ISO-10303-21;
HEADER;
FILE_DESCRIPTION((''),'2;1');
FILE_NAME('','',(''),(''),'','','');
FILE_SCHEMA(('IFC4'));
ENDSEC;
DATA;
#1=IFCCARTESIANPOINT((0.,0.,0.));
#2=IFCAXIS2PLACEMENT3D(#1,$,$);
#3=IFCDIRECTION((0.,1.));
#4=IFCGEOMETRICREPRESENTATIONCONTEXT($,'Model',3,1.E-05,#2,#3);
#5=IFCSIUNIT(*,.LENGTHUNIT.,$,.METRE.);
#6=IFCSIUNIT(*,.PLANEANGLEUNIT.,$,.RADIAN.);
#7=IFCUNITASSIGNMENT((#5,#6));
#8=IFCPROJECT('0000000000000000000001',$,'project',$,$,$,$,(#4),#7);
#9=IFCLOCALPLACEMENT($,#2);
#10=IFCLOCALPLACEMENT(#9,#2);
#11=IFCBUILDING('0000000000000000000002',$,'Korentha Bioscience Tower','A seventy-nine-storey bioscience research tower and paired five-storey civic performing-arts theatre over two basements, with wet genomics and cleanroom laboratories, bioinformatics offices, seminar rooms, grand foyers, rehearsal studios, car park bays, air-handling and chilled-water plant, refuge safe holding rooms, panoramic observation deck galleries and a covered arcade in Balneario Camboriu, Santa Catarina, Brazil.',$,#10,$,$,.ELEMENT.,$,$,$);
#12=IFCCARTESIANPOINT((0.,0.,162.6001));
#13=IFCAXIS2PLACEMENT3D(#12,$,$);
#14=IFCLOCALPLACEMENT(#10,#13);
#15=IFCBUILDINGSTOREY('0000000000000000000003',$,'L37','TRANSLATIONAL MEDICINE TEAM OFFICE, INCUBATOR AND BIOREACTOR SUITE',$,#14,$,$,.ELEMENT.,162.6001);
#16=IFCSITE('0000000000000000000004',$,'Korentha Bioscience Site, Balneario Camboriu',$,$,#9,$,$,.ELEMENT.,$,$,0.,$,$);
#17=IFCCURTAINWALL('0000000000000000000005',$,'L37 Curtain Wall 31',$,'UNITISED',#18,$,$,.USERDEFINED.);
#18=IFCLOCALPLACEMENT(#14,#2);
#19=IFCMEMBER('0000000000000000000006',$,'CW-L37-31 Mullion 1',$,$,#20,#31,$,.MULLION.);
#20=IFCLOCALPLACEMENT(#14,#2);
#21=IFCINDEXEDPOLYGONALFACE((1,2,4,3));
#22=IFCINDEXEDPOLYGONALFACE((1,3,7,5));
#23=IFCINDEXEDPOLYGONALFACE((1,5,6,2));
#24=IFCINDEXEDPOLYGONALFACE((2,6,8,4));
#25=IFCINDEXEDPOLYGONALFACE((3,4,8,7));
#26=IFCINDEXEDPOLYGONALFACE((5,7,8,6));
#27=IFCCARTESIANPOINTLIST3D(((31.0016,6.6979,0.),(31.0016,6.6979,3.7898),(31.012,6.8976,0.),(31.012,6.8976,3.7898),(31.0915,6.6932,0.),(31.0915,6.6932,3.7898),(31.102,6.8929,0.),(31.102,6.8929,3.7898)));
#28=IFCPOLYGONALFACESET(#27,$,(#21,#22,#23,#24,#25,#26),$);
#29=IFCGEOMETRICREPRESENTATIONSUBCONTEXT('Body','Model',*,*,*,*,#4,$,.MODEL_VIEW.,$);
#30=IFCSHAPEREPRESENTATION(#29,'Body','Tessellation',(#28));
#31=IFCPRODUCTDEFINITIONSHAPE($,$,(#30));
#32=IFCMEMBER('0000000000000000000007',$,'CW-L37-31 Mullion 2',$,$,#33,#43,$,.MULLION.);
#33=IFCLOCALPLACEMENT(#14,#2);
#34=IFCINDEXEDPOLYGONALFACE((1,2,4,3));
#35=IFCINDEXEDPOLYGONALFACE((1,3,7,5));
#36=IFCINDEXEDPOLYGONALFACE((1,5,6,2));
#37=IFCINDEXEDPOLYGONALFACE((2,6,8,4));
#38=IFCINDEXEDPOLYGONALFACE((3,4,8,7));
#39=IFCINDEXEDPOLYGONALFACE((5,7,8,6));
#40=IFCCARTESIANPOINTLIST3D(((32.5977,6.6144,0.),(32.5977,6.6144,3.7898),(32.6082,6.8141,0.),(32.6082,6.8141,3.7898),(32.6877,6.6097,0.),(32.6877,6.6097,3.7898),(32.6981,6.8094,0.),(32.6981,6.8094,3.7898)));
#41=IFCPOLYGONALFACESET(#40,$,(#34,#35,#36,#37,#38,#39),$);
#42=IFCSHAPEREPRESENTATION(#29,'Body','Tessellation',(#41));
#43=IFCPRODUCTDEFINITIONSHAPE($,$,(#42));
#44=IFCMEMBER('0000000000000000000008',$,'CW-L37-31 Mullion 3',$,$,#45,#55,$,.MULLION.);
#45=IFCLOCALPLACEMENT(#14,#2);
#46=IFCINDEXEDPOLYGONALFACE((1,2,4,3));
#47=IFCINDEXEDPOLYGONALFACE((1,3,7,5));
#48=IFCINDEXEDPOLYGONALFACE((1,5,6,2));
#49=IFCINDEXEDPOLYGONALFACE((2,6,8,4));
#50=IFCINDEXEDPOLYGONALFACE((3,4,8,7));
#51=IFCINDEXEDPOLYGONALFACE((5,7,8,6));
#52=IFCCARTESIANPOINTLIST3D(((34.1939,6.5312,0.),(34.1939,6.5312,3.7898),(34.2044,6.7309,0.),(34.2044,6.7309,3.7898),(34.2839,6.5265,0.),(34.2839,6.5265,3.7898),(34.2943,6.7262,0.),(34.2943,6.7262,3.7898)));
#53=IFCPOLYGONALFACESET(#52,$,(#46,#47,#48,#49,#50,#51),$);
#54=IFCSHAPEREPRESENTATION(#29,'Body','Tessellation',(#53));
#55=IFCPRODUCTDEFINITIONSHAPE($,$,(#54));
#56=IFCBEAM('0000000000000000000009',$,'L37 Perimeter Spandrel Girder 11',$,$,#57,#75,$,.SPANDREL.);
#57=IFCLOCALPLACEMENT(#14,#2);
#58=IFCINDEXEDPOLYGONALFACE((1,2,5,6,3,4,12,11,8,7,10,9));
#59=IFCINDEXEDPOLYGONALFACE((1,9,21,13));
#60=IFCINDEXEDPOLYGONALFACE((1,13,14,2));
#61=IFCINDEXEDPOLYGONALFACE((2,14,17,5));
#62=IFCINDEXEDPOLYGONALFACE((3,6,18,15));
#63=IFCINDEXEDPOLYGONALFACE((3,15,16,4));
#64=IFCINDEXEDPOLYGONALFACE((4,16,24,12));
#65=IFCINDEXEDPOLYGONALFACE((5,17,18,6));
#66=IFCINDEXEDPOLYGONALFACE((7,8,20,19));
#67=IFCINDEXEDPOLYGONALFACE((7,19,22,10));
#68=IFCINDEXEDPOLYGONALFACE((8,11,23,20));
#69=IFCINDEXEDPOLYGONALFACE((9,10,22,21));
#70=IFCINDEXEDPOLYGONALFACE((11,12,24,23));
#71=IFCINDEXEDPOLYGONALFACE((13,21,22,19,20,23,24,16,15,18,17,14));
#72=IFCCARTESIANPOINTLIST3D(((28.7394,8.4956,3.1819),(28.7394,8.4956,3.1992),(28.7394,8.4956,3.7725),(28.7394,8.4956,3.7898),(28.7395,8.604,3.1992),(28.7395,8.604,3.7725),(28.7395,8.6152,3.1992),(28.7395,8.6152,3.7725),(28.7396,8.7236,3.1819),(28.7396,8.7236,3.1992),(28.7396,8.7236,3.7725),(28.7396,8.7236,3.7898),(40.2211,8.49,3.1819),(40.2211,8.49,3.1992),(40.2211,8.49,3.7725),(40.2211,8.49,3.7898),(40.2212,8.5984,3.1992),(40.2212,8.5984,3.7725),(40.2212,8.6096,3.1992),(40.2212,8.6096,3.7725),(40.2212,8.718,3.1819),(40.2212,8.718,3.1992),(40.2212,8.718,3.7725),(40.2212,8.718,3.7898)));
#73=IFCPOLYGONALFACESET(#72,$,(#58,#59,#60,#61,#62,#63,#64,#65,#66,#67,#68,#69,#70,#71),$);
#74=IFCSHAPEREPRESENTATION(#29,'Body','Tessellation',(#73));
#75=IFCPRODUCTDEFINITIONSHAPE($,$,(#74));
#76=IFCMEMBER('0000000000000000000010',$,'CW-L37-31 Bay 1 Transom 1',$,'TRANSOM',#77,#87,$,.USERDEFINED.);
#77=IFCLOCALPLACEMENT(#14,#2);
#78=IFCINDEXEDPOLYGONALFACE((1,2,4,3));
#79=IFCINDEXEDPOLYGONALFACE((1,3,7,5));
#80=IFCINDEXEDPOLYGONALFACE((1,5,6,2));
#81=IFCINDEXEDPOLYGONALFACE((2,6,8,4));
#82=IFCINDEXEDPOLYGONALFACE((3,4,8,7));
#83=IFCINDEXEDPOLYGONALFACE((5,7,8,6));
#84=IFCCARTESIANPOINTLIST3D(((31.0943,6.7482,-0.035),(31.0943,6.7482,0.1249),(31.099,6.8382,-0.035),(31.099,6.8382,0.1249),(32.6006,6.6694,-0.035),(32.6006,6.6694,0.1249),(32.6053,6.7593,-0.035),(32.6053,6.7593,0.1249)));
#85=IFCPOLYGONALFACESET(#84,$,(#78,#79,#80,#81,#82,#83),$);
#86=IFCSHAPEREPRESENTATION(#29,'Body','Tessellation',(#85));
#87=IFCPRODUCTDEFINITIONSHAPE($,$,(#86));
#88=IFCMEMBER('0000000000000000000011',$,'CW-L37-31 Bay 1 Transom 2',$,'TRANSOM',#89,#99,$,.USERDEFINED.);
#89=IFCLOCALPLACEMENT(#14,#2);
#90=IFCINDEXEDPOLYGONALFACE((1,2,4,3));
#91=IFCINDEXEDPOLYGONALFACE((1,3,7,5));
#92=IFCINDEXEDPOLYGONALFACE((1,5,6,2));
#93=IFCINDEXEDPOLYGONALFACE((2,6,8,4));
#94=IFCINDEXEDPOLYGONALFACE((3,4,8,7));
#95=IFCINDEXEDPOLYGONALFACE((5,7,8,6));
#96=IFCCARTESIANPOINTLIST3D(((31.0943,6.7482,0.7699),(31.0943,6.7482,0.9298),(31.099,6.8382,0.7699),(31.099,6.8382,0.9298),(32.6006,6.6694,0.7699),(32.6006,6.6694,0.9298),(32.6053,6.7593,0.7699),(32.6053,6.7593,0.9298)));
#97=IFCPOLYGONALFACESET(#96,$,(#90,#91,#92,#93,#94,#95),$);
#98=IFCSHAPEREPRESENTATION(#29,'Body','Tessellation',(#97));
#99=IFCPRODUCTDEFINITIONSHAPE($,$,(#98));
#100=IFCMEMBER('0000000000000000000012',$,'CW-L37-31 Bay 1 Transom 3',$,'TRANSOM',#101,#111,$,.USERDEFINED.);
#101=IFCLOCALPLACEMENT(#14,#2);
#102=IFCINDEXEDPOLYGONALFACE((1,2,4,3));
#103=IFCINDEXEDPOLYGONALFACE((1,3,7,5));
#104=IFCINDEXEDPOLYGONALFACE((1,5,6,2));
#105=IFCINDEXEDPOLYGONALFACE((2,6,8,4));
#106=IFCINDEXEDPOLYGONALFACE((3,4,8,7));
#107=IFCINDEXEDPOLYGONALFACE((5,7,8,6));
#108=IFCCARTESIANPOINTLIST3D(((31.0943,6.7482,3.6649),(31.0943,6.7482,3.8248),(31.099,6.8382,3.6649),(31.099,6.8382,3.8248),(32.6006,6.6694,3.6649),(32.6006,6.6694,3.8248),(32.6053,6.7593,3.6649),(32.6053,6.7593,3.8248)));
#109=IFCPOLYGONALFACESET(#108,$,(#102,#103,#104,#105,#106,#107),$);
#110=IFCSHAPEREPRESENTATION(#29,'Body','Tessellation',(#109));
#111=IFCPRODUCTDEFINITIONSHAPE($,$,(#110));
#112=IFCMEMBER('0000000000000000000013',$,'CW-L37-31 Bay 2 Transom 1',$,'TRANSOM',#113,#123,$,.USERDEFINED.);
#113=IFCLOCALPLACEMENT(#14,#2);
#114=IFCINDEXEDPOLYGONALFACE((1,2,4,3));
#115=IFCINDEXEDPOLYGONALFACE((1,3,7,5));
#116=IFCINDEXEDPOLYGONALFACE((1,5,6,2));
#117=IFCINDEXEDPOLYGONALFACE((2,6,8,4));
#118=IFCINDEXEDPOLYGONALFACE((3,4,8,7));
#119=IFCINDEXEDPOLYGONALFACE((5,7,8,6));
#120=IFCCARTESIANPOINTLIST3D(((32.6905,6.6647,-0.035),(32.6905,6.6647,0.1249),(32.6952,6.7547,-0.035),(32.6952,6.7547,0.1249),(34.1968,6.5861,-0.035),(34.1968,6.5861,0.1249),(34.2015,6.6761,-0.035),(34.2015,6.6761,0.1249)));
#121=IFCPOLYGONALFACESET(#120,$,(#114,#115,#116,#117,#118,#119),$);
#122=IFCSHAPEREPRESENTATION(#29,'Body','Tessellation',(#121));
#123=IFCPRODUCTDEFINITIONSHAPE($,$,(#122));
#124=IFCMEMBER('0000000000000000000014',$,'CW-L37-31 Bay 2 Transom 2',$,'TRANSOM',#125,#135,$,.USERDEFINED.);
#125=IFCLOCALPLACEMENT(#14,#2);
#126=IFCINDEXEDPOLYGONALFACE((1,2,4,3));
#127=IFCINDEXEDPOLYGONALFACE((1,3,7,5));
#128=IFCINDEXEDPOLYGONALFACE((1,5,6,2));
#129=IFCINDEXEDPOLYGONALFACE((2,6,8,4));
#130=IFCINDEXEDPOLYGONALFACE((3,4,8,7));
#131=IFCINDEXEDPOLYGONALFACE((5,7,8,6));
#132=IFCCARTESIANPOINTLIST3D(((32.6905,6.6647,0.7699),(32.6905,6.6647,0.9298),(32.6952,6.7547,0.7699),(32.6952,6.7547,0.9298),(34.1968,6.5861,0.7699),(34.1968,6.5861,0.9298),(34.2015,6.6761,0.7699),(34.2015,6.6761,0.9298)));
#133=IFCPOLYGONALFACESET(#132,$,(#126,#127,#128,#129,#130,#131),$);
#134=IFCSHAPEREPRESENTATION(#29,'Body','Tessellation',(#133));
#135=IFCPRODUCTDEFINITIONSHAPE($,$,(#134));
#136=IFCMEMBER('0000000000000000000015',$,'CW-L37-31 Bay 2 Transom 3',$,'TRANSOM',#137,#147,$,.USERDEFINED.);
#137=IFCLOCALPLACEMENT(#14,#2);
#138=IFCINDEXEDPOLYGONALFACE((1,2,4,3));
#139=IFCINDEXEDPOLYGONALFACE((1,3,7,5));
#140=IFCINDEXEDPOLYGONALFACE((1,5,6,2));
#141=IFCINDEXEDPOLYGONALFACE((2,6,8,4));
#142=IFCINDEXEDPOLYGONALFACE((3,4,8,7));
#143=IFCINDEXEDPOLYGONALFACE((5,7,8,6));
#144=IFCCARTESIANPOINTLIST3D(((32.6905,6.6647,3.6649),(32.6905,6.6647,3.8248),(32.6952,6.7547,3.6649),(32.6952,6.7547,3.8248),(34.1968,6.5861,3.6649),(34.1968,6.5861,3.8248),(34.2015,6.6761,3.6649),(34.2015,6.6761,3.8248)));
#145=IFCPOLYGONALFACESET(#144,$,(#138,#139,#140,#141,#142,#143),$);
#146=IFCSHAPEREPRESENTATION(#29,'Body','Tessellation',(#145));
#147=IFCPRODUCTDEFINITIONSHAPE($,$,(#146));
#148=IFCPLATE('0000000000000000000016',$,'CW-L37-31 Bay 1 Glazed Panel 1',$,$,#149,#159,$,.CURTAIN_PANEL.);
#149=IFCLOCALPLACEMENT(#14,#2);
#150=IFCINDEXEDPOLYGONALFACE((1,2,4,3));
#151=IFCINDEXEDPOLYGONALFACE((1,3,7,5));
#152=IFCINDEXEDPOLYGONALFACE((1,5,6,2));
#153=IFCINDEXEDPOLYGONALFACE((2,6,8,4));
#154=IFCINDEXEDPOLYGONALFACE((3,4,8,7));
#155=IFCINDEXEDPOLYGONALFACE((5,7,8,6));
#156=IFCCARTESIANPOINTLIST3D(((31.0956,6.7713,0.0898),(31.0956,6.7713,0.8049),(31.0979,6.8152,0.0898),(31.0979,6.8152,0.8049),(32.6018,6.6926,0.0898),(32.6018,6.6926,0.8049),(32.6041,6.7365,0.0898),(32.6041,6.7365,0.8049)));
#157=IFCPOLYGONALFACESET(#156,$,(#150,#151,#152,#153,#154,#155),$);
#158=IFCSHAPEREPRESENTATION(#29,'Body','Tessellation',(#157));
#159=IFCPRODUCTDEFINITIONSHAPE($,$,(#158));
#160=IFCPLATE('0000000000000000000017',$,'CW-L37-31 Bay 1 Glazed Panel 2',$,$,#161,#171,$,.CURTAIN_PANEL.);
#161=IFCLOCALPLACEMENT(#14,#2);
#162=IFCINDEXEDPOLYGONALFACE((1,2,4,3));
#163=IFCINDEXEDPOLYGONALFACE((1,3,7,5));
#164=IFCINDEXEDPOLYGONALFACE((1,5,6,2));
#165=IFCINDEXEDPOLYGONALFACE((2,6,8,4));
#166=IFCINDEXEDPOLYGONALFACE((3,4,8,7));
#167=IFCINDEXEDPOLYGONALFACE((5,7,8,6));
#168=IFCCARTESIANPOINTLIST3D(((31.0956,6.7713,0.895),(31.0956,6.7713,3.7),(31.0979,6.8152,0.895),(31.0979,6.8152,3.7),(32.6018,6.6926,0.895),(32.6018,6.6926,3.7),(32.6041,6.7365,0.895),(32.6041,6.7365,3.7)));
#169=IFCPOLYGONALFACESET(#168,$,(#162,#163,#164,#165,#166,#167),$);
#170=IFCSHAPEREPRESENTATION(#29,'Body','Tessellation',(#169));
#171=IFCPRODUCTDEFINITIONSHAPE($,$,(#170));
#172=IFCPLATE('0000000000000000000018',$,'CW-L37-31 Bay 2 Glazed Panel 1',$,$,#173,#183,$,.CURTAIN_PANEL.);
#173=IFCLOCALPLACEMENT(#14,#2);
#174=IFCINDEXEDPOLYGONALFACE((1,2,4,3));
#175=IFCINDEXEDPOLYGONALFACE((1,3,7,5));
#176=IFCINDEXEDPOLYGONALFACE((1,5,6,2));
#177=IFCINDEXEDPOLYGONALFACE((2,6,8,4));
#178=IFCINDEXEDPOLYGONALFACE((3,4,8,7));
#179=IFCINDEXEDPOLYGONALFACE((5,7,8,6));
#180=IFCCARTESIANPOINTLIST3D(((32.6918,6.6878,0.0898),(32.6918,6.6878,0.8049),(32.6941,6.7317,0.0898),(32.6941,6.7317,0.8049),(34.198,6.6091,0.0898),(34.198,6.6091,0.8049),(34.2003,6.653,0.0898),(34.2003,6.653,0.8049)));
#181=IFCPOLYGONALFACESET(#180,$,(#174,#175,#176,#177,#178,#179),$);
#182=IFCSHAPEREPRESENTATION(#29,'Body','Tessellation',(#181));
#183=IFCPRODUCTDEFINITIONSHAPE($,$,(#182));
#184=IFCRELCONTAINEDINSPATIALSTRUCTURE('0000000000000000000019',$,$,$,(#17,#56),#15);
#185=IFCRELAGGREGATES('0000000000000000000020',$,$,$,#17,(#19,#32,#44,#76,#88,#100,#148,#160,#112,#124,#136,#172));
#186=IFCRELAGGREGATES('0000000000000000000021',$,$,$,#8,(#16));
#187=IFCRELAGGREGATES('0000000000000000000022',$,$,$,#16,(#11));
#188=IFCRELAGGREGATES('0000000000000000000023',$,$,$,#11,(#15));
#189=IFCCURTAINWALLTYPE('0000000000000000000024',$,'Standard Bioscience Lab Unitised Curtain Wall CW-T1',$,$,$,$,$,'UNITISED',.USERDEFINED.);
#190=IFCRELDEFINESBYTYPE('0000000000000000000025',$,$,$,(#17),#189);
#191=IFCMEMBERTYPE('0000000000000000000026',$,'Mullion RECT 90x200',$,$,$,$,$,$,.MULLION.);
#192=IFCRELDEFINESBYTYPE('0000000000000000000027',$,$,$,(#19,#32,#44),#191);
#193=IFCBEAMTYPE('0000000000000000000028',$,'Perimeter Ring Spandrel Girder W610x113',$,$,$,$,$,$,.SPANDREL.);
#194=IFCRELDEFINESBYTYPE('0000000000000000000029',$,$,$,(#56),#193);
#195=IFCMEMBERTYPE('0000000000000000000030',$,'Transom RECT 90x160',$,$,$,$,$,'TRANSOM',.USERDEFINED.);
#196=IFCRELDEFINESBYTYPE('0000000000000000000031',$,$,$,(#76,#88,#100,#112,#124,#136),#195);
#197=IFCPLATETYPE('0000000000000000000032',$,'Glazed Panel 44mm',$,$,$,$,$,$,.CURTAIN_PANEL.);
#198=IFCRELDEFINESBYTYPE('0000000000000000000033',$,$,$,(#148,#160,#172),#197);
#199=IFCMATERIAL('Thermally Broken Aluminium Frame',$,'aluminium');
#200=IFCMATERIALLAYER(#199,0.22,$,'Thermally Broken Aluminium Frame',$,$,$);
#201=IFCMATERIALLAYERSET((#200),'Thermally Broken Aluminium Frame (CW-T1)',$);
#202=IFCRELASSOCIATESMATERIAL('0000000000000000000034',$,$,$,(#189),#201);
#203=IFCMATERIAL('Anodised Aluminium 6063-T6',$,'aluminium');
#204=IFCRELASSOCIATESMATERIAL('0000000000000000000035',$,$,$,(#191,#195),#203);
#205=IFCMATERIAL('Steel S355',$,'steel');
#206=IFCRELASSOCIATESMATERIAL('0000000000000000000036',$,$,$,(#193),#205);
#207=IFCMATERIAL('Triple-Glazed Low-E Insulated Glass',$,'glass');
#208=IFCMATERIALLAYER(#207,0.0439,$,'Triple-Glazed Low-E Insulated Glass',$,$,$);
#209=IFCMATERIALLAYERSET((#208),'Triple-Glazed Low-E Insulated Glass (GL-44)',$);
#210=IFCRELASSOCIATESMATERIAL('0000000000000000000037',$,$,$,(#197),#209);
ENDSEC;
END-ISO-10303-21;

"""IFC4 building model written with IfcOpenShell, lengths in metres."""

from ifc_helpers import new_model, si_unit, direction, frame, origin, origin_2d, place, context, subcontext, project, spatial, rectangle, i_section, extrude, material, layer, layer_set, material_profile, profile_set, type_object, element, aggregate, save


model = new_model("IFC4")

# Units and contexts
model_context = context("Model", 3, precision=1e-05, world=origin(), true_north=direction((0.0, 1.0)))
body_context = subcontext(model_context, "Body", "Model", "MODEL_VIEW")
ifc_project = project(units=[si_unit("LENGTHUNIT", "METRE"), si_unit("PLANEANGLEUNIT", "RADIAN")], contexts=[model_context])

# Site, building, storey
site_placement = place(None, origin())
site = spatial("IfcSite", under=ifc_project, at=site_placement, Name="Korentha Bioscience Site, Balneario Camboriu", CompositionType="ELEMENT", RefElevation=0.0)
building_placement = place(site_placement, origin())
building = spatial("IfcBuilding", under=site, at=building_placement, Name="Korentha Bioscience Tower", Description="A seventy-nine-storey bioscience research tower and paired five-storey civic performing-arts theatre over two basements, with wet genomics and cleanroom laboratories, bioinformatics offices, seminar rooms, grand foyers, rehearsal studios, car park bays, air-handling and chilled-water plant, refuge safe holding rooms, panoramic observation deck galleries and a covered arcade in Balneario Camboriu, Santa Catarina, Brazil.", CompositionType="ELEMENT")
storey_placement = place(building_placement, frame((0.0, 0.0, 162.6001)))
storey = spatial("IfcBuildingStorey", under=building, at=storey_placement, Name="L37", Description="TRANSLATIONAL MEDICINE TEAM OFFICE, INCUBATOR AND BIOREACTOR SUITE", CompositionType="ELEMENT", Elevation=162.6001)

# Curtain wall, members
ifc_material_1 = material(Name="Thermally Broken Aluminium Frame", Category="aluminium")
ifc_layer_1 = layer(ifc_material_1, 0.22, Name="Thermally Broken Aluminium Frame")
ifc_layer_set_1 = layer_set([ifc_layer_1], Name="Thermally Broken Aluminium Frame (CW-T1)")
curtain_wall_type = type_object("IfcCurtainWallType", Name="Standard Bioscience Lab Unitised Curtain Wall CW-T1", ElementType="UNITISED", PredefinedType="USERDEFINED", material=ifc_layer_set_1)
curtain_wall_placement = place(storey_placement, origin())
curtain_wall = element("IfcCurtainWall", 1, at=curtain_wall_placement, inside=storey, type_object=curtain_wall_type, Name="L37 Curtain Wall 31", ObjectType="UNITISED", PredefinedType="USERDEFINED")
ifc_material_2 = material(Name="Anodised Aluminium 6063-T6", Category="aluminium")
ifc_material_profile_1 = material_profile(ifc_material_2, rectangle(XDim=0.0901, YDim=0.2, at=origin_2d()), Name="Anodised Aluminium 6063-T6")
ifc_profile_set_1 = profile_set([ifc_material_profile_1], Name="Anodised Aluminium 6063-T6 (CW-MUL)")
member_type_1 = type_object("IfcMemberType", Name="Mullion RECT 90x200", PredefinedType="MULLION", material=ifc_profile_set_1)
member_1_placement = place(storey_placement, frame((31.0518, 6.7954, 0.0), z_axis=(0.0, 0.0, 1.0), x_axis=(0.998638, -0.05218, 0.0)))
member_1 = element("IfcMember", 2, at=member_1_placement, type_object=member_type_1, Name="CW-L37-31 Mullion 1", PredefinedType="MULLION", context=body_context, shape_type="SweptSolid", body=[
    extrude(rectangle(XDim=0.0901, YDim=0.2, at=origin_2d()), origin(), (0.0, 0.0, 1.0), 3.7898),
])
member_2_placement = place(storey_placement, frame((32.6479, 6.7119, 0.0), z_axis=(0.0, 0.0, 1.0), x_axis=(0.998638, -0.05218, 0.0)))
member_2 = element("IfcMember", 3, at=member_2_placement, type_object=member_type_1, Name="CW-L37-31 Mullion 2", PredefinedType="MULLION", context=body_context, shape_type="SweptSolid", body=[
    extrude(rectangle(XDim=0.0901, YDim=0.2, at=origin_2d()), origin(), (0.0, 0.0, 1.0), 3.7898),
])
member_3_placement = place(storey_placement, frame((34.2441, 6.6287, 0.0), z_axis=(0.0, 0.0, 1.0), x_axis=(0.998638, -0.05218, 0.0)))
member_3 = element("IfcMember", 4, at=member_3_placement, type_object=member_type_1, Name="CW-L37-31 Mullion 3", PredefinedType="MULLION", context=body_context, shape_type="SweptSolid", body=[
    extrude(rectangle(XDim=0.0901, YDim=0.2, at=origin_2d()), origin(), (0.0, 0.0, 1.0), 3.7898),
])

# Beam
ifc_material_3 = material(Name="Steel S355", Category="steel")
ifc_material_profile_2 = material_profile(ifc_material_3, i_section(OverallWidth=0.228, OverallDepth=0.6079, WebThickness=0.0112, FlangeThickness=0.0173, at=origin_2d()), Name="Steel S355")
ifc_profile_set_2 = profile_set([ifc_material_profile_2], Name="Steel S355 (SB-610)")
beam_type = type_object("IfcBeamType", Name="Perimeter Ring Spandrel Girder W610x113", PredefinedType="SPANDREL", material=ifc_profile_set_2)
beam_placement = place(storey_placement, frame((28.7395, 8.6096, 3.4858), z_axis=(1.0, -0.000489, 0.0), x_axis=(0.000489, 1.0, 0.0)))
element("IfcBeam", 5, at=beam_placement, inside=storey, type_object=beam_type, Name="L37 Perimeter Spandrel Girder 11", PredefinedType="SPANDREL", context=body_context, shape_type="SweptSolid", body=[
    extrude(i_section(OverallWidth=0.228, OverallDepth=0.6079, WebThickness=0.0112, FlangeThickness=0.0173, at=origin_2d()), origin(), (0.0, 0.0, 1.0), 11.4817),
])

# Members
ifc_material_profile_3 = material_profile(ifc_material_2, rectangle(XDim=0.0901, YDim=0.1599, at=origin_2d()), Name="Anodised Aluminium 6063-T6")
ifc_profile_set_3 = profile_set([ifc_material_profile_3], Name="Anodised Aluminium 6063-T6 (CW-TRN)")
member_type_2 = type_object("IfcMemberType", Name="Transom RECT 90x160", ElementType="TRANSOM", PredefinedType="USERDEFINED", material=ifc_profile_set_3)
member_4_placement = place(storey_placement, frame((31.0967, 6.7932, 0.0449), z_axis=(0.998633, -0.052278, 0.0), x_axis=(0.052278, 0.998633, 0.0)))
member_4 = element("IfcMember", 6, at=member_4_placement, type_object=member_type_2, Name="CW-L37-31 Bay 1 Transom 1", ObjectType="TRANSOM", PredefinedType="USERDEFINED", context=body_context, shape_type="SweptSolid", body=[
    extrude(rectangle(XDim=0.0901, YDim=0.1599, at=origin_2d()), origin(), (0.0, 0.0, 1.0), 1.5083),
])
member_5_placement = place(storey_placement, frame((31.0967, 6.7932, 0.8499), z_axis=(0.998633, -0.052278, 0.0), x_axis=(0.052278, 0.998633, 0.0)))
member_5 = element("IfcMember", 7, at=member_5_placement, type_object=member_type_2, Name="CW-L37-31 Bay 1 Transom 2", ObjectType="TRANSOM", PredefinedType="USERDEFINED", context=body_context, shape_type="SweptSolid", body=[
    extrude(rectangle(XDim=0.0901, YDim=0.1599, at=origin_2d()), origin(), (0.0, 0.0, 1.0), 1.5083),
])
member_6_placement = place(storey_placement, frame((31.0967, 6.7932, 3.7449), z_axis=(0.998633, -0.052278, 0.0), x_axis=(0.052278, 0.998633, 0.0)))
member_6 = element("IfcMember", 8, at=member_6_placement, type_object=member_type_2, Name="CW-L37-31 Bay 1 Transom 3", ObjectType="TRANSOM", PredefinedType="USERDEFINED", context=body_context, shape_type="SweptSolid", body=[
    extrude(rectangle(XDim=0.0901, YDim=0.1599, at=origin_2d()), origin(), (0.0, 0.0, 1.0), 1.5083),
])
member_7_placement = place(storey_placement, frame((32.6929, 6.7097, 0.0449), z_axis=(0.998641, -0.052117, 0.0), x_axis=(0.052117, 0.998641, 0.0)))
member_7 = element("IfcMember", 9, at=member_7_placement, type_object=member_type_2, Name="CW-L37-31 Bay 2 Transom 1", ObjectType="TRANSOM", PredefinedType="USERDEFINED", context=body_context, shape_type="SweptSolid", body=[
    extrude(rectangle(XDim=0.0901, YDim=0.1599, at=origin_2d()), origin(), (0.0, 0.0, 1.0), 1.5083),
])
member_8_placement = place(storey_placement, frame((32.6929, 6.7097, 0.8499), z_axis=(0.998641, -0.052117, 0.0), x_axis=(0.052117, 0.998641, 0.0)))
member_8 = element("IfcMember", 10, at=member_8_placement, type_object=member_type_2, Name="CW-L37-31 Bay 2 Transom 2", ObjectType="TRANSOM", PredefinedType="USERDEFINED", context=body_context, shape_type="SweptSolid", body=[
    extrude(rectangle(XDim=0.0901, YDim=0.1599, at=origin_2d()), origin(), (0.0, 0.0, 1.0), 1.5083),
])
member_9_placement = place(storey_placement, frame((32.6929, 6.7097, 3.7449), z_axis=(0.998641, -0.052117, 0.0), x_axis=(0.052117, 0.998641, 0.0)))
member_9 = element("IfcMember", 11, at=member_9_placement, type_object=member_type_2, Name="CW-L37-31 Bay 2 Transom 3", ObjectType="TRANSOM", PredefinedType="USERDEFINED", context=body_context, shape_type="SweptSolid", body=[
    extrude(rectangle(XDim=0.0901, YDim=0.1599, at=origin_2d()), origin(), (0.0, 0.0, 1.0), 1.5083),
])

# Plates
ifc_material_4 = material(Name="Triple-Glazed Low-E Insulated Glass", Category="glass")
ifc_layer_2 = layer(ifc_material_4, 0.0439, Name="Triple-Glazed Low-E Insulated Glass")
ifc_layer_set_2 = layer_set([ifc_layer_2], Name="Triple-Glazed Low-E Insulated Glass (GL-44)")
plate_type = type_object("IfcPlateType", Name="Glazed Panel 44mm", PredefinedType="CURTAIN_PANEL", material=ifc_layer_set_2)
plate_1_placement = place(storey_placement, frame((31.8499, 6.7539, 0.0898), z_axis=(0.0, 0.0, 1.0), x_axis=(0.998638, -0.05218, 0.0)))
plate_1 = element("IfcPlate", 12, at=plate_1_placement, type_object=plate_type, Name="CW-L37-31 Bay 1 Glazed Panel 1", PredefinedType="CURTAIN_PANEL", context=body_context, shape_type="SweptSolid", body=[
    extrude(rectangle(XDim=1.5083, YDim=0.0439, at=origin_2d()), origin(), (0.0, 0.0, 1.0), 0.7151),
])
plate_2_placement = place(storey_placement, frame((31.8499, 6.7539, 0.895), z_axis=(0.0, 0.0, 1.0), x_axis=(0.998638, -0.05218, 0.0)))
plate_2 = element("IfcPlate", 13, at=plate_2_placement, type_object=plate_type, Name="CW-L37-31 Bay 1 Glazed Panel 2", PredefinedType="CURTAIN_PANEL", context=body_context, shape_type="SweptSolid", body=[
    extrude(rectangle(XDim=1.5083, YDim=0.0439, at=origin_2d()), origin(), (0.0, 0.0, 1.0), 2.8049),
])
plate_3_placement = place(storey_placement, frame((33.446, 6.6704, 0.0898), z_axis=(0.0, 0.0, 1.0), x_axis=(0.998638, -0.05218, 0.0)))
plate_3 = element("IfcPlate", 14, at=plate_3_placement, type_object=plate_type, Name="CW-L37-31 Bay 2 Glazed Panel 1", PredefinedType="CURTAIN_PANEL", context=body_context, shape_type="SweptSolid", body=[
    extrude(rectangle(XDim=1.5083, YDim=0.0439, at=origin_2d()), origin(), (0.0, 0.0, 1.0), 0.7151),
])
aggregate(curtain_wall, [member_1, member_2, member_3, member_4, member_5, member_6, plate_1, plate_2, member_7, member_8, member_9, plate_3])

save(model, "model.ifc")
